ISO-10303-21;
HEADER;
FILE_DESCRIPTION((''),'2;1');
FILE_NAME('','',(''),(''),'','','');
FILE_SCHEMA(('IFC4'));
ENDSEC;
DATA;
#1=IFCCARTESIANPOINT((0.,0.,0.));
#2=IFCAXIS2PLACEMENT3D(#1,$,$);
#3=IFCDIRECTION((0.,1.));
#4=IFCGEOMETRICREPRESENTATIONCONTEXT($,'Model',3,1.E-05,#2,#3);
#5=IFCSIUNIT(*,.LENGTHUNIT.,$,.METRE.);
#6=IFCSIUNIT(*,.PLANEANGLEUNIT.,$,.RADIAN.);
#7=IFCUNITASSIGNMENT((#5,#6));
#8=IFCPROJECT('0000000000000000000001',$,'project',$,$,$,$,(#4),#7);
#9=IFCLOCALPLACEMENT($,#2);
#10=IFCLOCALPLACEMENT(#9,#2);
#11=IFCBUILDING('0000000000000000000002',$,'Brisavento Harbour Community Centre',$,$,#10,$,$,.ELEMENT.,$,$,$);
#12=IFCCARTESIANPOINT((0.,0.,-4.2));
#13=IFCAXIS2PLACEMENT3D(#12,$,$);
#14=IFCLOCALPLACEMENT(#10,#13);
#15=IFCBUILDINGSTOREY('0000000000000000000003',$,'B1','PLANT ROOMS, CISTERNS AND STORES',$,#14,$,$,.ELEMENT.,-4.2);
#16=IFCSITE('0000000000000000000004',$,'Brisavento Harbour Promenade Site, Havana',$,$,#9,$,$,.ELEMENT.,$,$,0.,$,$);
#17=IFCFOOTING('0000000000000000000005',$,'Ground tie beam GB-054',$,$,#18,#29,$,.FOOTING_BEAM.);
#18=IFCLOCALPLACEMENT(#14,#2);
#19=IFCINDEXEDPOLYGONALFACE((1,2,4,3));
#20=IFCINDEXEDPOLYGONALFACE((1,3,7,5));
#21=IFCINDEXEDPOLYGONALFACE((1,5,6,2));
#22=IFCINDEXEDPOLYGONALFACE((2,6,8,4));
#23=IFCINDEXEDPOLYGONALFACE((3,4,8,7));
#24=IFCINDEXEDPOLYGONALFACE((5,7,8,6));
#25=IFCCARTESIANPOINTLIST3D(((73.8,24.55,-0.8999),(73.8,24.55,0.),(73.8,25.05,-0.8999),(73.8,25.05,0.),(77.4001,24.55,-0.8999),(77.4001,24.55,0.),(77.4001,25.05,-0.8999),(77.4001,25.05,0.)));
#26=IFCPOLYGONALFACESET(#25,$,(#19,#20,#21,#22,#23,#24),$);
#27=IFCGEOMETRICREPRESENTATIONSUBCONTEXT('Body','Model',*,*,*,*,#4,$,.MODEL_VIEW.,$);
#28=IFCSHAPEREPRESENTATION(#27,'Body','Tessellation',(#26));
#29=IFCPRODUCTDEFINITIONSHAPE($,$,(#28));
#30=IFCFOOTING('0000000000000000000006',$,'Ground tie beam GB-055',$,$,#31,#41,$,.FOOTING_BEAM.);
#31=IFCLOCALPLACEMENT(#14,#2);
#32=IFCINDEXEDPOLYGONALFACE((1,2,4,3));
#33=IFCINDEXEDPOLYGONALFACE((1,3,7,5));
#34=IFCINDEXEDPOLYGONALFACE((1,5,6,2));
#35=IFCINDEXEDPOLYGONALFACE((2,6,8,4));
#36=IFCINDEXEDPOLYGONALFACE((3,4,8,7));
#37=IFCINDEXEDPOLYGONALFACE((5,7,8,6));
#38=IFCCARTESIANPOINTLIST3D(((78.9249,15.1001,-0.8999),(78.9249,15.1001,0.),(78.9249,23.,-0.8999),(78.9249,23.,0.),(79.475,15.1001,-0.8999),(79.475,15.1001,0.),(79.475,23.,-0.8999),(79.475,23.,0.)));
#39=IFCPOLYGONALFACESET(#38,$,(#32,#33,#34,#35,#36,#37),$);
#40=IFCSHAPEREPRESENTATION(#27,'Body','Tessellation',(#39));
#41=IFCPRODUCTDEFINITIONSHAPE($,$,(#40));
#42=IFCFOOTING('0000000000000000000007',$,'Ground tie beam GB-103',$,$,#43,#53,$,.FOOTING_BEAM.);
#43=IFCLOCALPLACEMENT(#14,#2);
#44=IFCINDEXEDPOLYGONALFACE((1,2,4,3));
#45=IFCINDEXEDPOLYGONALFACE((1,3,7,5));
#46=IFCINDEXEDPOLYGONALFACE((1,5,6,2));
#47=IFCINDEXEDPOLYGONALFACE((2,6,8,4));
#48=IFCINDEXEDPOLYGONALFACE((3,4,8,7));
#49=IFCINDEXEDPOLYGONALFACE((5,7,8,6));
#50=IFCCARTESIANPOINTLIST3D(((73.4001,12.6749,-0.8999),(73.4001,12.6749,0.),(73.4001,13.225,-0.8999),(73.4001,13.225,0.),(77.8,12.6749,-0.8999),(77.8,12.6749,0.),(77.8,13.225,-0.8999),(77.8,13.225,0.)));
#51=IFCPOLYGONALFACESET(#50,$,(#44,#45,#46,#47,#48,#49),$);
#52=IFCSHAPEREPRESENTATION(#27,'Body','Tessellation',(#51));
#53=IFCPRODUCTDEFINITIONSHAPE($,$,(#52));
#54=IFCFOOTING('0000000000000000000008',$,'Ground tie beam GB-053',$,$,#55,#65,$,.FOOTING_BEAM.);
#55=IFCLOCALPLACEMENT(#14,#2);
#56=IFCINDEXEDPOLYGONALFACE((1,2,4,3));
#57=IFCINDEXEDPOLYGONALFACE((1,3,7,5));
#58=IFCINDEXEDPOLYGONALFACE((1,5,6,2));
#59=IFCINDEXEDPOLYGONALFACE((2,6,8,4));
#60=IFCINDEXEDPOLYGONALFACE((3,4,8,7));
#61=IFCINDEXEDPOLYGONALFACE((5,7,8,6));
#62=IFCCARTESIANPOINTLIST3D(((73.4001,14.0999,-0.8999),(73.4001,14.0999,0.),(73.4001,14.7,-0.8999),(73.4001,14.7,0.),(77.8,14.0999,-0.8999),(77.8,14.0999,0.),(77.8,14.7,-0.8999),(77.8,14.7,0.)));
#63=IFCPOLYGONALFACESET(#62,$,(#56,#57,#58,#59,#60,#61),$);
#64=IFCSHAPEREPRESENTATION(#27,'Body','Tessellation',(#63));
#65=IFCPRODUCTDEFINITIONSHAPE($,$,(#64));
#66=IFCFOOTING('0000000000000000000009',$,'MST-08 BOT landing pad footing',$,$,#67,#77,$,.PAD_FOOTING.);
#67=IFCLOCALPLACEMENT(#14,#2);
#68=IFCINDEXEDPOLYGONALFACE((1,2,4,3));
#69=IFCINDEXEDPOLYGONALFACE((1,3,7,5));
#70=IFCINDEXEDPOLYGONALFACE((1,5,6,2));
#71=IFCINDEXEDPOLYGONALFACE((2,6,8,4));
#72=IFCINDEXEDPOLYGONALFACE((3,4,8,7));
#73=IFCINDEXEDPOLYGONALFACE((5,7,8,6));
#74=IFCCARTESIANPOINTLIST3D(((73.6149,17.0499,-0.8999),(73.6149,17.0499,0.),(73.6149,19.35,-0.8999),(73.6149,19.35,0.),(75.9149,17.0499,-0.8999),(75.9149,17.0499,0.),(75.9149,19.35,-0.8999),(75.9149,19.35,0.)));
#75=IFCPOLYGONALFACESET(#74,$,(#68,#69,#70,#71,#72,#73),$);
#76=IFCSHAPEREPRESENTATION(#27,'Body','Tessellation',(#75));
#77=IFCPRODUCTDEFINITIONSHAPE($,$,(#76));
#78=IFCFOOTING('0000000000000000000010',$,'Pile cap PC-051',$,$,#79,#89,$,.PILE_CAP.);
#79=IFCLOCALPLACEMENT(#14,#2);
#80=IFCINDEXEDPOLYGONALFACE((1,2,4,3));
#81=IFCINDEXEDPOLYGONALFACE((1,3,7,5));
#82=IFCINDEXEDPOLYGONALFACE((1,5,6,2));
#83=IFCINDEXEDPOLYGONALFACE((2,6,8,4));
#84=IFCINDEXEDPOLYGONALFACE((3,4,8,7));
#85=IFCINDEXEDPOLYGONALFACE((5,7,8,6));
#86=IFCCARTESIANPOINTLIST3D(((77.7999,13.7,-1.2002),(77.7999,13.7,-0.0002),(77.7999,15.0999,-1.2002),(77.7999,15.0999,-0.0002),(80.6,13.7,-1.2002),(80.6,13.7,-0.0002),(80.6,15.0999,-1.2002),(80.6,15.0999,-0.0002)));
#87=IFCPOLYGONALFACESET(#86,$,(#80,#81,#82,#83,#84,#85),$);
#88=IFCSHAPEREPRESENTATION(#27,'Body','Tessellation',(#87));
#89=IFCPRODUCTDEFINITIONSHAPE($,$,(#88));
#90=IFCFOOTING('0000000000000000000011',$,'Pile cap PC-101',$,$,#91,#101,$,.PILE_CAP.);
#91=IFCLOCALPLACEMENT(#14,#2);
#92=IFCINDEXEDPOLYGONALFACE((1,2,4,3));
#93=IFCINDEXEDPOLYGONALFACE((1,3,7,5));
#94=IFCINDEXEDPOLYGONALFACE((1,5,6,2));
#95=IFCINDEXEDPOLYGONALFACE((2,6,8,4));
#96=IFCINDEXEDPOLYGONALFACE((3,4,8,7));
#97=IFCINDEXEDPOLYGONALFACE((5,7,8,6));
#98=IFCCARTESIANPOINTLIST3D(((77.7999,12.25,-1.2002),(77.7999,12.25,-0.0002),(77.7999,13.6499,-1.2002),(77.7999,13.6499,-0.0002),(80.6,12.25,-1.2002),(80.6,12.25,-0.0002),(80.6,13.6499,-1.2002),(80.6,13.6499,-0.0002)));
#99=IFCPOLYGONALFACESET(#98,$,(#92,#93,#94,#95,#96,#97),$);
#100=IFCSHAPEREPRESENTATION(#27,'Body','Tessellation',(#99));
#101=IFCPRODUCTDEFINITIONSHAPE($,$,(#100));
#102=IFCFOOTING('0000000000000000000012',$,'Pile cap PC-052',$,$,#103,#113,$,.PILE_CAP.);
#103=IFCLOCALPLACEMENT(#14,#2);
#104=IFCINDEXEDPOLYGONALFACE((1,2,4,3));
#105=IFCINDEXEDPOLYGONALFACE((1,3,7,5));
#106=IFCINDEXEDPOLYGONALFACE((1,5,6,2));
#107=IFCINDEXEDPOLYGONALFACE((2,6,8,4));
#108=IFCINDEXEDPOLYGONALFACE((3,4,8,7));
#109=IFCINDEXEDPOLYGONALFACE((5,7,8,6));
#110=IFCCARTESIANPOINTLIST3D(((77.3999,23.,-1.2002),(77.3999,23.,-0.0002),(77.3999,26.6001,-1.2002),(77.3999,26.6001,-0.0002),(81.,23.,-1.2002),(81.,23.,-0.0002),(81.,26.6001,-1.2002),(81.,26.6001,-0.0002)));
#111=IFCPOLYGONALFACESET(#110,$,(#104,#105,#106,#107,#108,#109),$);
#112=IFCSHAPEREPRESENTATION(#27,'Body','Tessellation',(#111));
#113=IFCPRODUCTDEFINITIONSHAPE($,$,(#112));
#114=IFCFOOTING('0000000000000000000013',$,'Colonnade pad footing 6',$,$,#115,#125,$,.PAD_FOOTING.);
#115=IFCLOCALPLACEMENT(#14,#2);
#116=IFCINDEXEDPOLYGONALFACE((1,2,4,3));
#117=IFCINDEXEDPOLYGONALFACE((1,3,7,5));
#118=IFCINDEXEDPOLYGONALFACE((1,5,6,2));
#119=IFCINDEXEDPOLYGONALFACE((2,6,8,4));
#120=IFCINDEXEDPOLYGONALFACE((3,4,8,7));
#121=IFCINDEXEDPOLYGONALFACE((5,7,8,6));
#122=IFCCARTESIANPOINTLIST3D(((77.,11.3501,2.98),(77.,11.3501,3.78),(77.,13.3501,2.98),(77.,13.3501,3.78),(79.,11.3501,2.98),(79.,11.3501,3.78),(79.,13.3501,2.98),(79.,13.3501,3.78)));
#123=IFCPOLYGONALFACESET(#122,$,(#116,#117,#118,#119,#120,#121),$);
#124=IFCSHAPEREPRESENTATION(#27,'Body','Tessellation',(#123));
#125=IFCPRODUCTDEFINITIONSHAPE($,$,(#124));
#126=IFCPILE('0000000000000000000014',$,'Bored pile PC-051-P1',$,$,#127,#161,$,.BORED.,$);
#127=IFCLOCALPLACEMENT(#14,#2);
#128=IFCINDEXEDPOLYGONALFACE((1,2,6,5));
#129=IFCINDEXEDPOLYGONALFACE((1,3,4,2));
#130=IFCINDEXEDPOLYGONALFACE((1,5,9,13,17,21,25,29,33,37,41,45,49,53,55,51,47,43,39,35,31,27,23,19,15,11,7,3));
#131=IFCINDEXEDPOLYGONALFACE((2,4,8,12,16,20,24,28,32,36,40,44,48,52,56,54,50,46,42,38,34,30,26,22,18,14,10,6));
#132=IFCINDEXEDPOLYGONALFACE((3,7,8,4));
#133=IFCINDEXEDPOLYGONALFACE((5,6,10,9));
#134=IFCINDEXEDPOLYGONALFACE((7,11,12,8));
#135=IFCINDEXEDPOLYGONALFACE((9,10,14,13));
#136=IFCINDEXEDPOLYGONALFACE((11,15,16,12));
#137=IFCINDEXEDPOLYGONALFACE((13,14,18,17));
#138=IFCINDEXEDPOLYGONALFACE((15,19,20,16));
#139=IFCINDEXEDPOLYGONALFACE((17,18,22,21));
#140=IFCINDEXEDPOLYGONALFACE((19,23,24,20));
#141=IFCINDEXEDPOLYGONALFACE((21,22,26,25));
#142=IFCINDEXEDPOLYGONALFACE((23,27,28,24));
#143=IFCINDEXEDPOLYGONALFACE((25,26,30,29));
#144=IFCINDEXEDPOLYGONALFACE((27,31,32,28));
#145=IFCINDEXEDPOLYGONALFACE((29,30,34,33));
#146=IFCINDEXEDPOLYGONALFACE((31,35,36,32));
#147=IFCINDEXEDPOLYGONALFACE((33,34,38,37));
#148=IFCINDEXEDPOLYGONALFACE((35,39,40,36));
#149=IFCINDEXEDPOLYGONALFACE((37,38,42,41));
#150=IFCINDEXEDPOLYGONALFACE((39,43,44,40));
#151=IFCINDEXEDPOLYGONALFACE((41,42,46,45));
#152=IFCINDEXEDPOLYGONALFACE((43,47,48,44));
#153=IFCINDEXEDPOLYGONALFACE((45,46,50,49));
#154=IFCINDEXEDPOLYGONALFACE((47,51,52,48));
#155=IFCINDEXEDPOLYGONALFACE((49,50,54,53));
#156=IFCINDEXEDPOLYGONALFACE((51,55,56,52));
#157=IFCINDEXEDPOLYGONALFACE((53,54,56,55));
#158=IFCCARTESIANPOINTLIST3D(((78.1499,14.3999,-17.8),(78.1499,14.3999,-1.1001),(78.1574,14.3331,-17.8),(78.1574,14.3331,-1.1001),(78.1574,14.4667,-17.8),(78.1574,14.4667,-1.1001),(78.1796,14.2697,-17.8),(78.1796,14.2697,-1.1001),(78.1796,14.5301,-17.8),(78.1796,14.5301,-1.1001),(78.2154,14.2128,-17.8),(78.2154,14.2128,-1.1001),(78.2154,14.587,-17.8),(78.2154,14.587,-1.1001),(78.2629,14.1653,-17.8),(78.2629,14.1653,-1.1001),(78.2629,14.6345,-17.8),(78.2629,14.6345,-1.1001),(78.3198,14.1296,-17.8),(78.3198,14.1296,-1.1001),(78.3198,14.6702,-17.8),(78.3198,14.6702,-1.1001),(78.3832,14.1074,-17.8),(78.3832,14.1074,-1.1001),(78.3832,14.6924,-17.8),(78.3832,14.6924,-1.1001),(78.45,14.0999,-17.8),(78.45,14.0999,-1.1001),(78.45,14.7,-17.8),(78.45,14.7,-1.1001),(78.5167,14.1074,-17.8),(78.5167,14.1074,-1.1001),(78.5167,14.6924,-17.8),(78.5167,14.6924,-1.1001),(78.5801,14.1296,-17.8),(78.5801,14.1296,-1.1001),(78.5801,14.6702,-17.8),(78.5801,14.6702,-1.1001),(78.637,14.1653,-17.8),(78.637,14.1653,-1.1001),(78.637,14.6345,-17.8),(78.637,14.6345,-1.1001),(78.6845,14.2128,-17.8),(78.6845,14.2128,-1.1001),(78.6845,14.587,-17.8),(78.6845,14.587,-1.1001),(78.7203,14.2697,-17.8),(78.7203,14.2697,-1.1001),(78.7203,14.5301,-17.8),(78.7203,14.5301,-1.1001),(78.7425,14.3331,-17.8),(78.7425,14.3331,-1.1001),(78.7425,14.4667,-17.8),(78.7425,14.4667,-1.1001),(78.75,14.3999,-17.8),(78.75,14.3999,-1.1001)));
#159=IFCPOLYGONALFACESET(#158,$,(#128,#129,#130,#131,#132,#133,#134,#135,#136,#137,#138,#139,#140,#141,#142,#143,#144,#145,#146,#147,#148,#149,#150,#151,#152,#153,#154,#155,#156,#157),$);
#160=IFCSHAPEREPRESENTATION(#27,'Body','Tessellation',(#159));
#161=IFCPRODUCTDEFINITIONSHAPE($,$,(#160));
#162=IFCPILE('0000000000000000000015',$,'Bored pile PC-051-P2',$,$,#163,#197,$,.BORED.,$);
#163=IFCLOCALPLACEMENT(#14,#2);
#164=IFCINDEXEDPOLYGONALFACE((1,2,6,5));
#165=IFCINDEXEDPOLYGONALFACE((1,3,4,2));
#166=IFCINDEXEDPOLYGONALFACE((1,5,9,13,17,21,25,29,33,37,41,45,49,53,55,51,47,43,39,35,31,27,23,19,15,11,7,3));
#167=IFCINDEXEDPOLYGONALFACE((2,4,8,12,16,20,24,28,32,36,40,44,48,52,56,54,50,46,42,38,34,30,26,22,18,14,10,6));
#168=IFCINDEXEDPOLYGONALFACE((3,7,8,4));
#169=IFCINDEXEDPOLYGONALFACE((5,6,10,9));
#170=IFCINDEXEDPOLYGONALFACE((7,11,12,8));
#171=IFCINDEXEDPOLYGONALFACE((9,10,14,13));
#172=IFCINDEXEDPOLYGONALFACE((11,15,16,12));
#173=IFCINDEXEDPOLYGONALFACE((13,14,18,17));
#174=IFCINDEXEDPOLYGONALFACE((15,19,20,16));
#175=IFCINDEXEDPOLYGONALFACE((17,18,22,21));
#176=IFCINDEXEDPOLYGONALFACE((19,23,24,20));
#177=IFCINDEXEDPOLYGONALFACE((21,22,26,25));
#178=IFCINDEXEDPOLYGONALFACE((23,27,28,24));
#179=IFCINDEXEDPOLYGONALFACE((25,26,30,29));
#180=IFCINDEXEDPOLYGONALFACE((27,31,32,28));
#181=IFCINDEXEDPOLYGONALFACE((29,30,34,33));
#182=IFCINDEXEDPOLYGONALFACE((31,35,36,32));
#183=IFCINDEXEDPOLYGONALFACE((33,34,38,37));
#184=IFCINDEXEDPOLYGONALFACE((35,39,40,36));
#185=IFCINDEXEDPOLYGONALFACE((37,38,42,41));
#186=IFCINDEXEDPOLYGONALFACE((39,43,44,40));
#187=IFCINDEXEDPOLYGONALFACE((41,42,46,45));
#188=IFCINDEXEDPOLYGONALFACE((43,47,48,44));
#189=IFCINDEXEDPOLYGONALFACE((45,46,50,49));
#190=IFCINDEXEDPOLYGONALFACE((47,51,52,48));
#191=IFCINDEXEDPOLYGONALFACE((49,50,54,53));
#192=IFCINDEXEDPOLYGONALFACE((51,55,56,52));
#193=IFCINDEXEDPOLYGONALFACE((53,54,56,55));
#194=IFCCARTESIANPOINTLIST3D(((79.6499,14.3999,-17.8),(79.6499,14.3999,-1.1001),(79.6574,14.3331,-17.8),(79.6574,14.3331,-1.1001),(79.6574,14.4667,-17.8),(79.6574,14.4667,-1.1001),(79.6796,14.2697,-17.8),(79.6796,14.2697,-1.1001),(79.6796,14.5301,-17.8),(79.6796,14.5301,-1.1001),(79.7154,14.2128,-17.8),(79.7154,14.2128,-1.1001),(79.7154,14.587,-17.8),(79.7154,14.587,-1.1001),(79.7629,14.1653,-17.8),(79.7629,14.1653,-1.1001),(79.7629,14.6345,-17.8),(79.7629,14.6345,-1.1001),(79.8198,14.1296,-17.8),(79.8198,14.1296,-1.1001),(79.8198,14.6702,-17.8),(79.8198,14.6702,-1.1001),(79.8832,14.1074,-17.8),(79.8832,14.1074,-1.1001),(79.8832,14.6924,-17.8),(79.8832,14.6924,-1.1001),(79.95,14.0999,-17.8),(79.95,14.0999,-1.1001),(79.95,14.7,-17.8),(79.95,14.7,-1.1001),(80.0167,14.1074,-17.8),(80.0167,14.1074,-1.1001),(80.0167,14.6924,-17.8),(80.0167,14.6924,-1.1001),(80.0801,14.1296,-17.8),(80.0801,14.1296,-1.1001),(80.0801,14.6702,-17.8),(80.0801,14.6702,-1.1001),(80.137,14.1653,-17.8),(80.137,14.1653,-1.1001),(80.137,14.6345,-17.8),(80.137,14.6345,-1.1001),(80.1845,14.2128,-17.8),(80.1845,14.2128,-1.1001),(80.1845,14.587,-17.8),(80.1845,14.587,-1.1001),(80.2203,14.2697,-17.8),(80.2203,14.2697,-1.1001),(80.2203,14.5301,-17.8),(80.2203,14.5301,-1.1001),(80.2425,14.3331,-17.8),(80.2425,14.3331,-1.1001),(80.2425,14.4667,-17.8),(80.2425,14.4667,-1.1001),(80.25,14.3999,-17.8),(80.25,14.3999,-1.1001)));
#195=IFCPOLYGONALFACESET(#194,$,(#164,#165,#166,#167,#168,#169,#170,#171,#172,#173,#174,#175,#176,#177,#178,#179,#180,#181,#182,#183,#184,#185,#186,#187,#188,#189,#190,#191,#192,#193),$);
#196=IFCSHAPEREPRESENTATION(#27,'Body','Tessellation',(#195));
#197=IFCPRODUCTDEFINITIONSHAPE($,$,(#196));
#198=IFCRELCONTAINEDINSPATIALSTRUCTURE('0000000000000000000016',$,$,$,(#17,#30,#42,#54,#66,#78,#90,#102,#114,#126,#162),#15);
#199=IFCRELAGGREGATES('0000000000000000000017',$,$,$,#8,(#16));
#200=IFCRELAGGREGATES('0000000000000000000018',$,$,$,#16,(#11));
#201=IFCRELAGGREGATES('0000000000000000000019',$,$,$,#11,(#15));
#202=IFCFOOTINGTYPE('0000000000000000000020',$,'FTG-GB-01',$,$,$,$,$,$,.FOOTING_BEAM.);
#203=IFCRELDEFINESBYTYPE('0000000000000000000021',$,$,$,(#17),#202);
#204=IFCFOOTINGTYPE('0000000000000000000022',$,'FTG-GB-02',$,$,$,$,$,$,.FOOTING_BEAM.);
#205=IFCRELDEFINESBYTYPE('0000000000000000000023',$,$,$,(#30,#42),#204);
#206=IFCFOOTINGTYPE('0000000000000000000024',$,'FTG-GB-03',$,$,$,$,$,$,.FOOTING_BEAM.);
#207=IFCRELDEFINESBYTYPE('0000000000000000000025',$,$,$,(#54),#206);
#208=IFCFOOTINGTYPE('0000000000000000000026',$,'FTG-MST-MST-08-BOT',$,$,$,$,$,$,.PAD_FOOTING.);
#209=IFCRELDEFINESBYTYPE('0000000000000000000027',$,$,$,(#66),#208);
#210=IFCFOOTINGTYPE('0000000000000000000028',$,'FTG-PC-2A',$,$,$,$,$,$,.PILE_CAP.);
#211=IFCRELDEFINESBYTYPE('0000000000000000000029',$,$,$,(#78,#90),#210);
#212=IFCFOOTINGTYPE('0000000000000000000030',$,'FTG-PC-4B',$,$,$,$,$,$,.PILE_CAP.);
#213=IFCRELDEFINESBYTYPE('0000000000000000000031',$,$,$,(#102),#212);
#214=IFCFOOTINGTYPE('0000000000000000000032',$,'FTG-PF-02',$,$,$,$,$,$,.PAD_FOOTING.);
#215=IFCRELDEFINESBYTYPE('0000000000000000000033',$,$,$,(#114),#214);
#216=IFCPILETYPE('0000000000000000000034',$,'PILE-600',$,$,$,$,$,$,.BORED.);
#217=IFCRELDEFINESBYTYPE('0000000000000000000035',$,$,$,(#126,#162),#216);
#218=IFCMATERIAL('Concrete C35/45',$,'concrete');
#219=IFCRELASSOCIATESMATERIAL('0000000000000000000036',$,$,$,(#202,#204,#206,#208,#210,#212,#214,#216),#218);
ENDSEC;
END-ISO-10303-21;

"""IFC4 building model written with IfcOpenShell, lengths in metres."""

from ifc_helpers import new_model, si_unit, direction, frame, origin, origin_2d, place, context, subcontext, project, spatial, rectangle, circle, extrude, material, material_profile, profile_set, type_object, element, save


model = new_model("IFC4")

# Units and contexts
model_context = context("Model", 3, precision=1e-05, world=origin(), true_north=direction((0.0, 1.0)))
body_context = subcontext(model_context, "Body", "Model", "MODEL_VIEW")
ifc_project = project(units=[si_unit("LENGTHUNIT", "METRE"), si_unit("PLANEANGLEUNIT", "RADIAN")], contexts=[model_context])

# Site, building, storey
site_placement = place(None, origin())
site = spatial("IfcSite", under=ifc_project, at=site_placement, Name="Brisavento Harbour Promenade Site, Havana", CompositionType="ELEMENT", RefElevation=0.0)
building_placement = place(site_placement, origin())
building = spatial("IfcBuilding", under=site, at=building_placement, Name="Brisavento Harbour Community Centre", CompositionType="ELEMENT")
storey_placement = place(building_placement, frame((0.0, 0.0, -4.2)))
storey = spatial("IfcBuildingStorey", under=building, at=storey_placement, Name="B1", Description="PLANT ROOMS, CISTERNS AND STORES", CompositionType="ELEMENT", Elevation=-4.2)

# Footings
ifc_material_1 = material(Name="Concrete C35/45", Category="concrete")
footing_type_1 = type_object("IfcFootingType", Name="FTG-GB-01", PredefinedType="FOOTING_BEAM", material=ifc_material_1)
footing_1_placement = place(storey_placement, frame((75.6001, 24.8, -0.8999), z_axis=(0.0, 0.0, 1.0), x_axis=(1.0, 0.0, 0.0)))
element("IfcFooting", 1, at=footing_1_placement, inside=storey, type_object=footing_type_1, Name="Ground tie beam GB-054", PredefinedType="FOOTING_BEAM", context=body_context, shape_type="SweptSolid", body=[
    extrude(rectangle(XDim=3.6001, YDim=0.5, at=origin_2d()), origin(), (0.0, 0.0, 1.0), 0.8999),
])
footing_type_2 = type_object("IfcFootingType", Name="FTG-GB-02", PredefinedType="FOOTING_BEAM", material=ifc_material_1)
footing_2_placement = place(storey_placement, frame((79.2, 19.05, -0.8999), z_axis=(0.0, 0.0, 1.0), x_axis=(1.0, 0.0, 0.0)))
element("IfcFooting", 2, at=footing_2_placement, inside=storey, type_object=footing_type_2, Name="Ground tie beam GB-055", PredefinedType="FOOTING_BEAM", context=body_context, shape_type="SweptSolid", body=[
    extrude(rectangle(XDim=0.55, YDim=7.8999, at=origin_2d()), origin(), (0.0, 0.0, 1.0), 0.8999),
])
footing_3_placement = place(storey_placement, frame((75.6001, 12.95, -0.8999), z_axis=(0.0, 0.0, 1.0), x_axis=(1.0, 0.0, 0.0)))
element("IfcFooting", 3, at=footing_3_placement, inside=storey, type_object=footing_type_2, Name="Ground tie beam GB-103", PredefinedType="FOOTING_BEAM", context=body_context, shape_type="SweptSolid", body=[
    extrude(rectangle(XDim=4.3999, YDim=0.55, at=origin_2d()), origin(), (0.0, 0.0, 1.0), 0.8999),
])
footing_type_3 = type_object("IfcFootingType", Name="FTG-GB-03", PredefinedType="FOOTING_BEAM", material=ifc_material_1)
footing_4_placement = place(storey_placement, frame((75.6001, 14.3999, -0.8999), z_axis=(0.0, 0.0, 1.0), x_axis=(1.0, 0.0, 0.0)))
element("IfcFooting", 4, at=footing_4_placement, inside=storey, type_object=footing_type_3, Name="Ground tie beam GB-053", PredefinedType="FOOTING_BEAM", context=body_context, shape_type="SweptSolid", body=[
    extrude(rectangle(XDim=4.3999, YDim=0.6001, at=origin_2d()), origin(), (0.0, 0.0, 1.0), 0.8999),
])
footing_type_4 = type_object("IfcFootingType", Name="FTG-MST-MST-08-BOT", PredefinedType="PAD_FOOTING", material=ifc_material_1)
footing_5_placement = place(storey_placement, frame((74.7649, 18.2, -0.8999), z_axis=(0.0, 0.0, 1.0), x_axis=(1.0, 0.0, 0.0)))
element("IfcFooting", 5, at=footing_5_placement, inside=storey, type_object=footing_type_4, Name="MST-08 BOT landing pad footing", PredefinedType="PAD_FOOTING", context=body_context, shape_type="SweptSolid", body=[
    extrude(rectangle(XDim=2.3, YDim=2.3, at=origin_2d()), origin(), (0.0, 0.0, 1.0), 0.8999),
])
footing_type_5 = type_object("IfcFootingType", Name="FTG-PC-2A", PredefinedType="PILE_CAP", material=ifc_material_1)
for number, where, z_axis, x_axis, name in (
    (6, (79.2, 14.3999, -1.2002), (0.0, 0.0, 1.0), (1.0, 0.0, 0.0), "Pile cap PC-051"),
    (7, (79.2, 12.95, -1.2002), (0.0, 0.0, 1.0), (1.0, 0.0, 0.0), "Pile cap PC-101"),
):
    element("IfcFooting", number, at=place(storey_placement, frame(where, z_axis=z_axis, x_axis=x_axis)), inside=storey, type_object=footing_type_5, Name=name, PredefinedType="PILE_CAP", context=body_context, shape_type="SweptSolid", body=[
        extrude(rectangle(XDim=2.8, YDim=1.3999, at=origin_2d()), origin(), (0.0, 0.0, 1.0), 1.2),
    ])
footing_type_6 = type_object("IfcFootingType", Name="FTG-PC-4B", PredefinedType="PILE_CAP", material=ifc_material_1)
footing_6_placement = place(storey_placement, frame((79.2, 24.8, -1.2002), z_axis=(0.0, 0.0, 1.0), x_axis=(1.0, 0.0, 0.0)))
element("IfcFooting", 8, at=footing_6_placement, inside=storey, type_object=footing_type_6, Name="Pile cap PC-052", PredefinedType="PILE_CAP", context=body_context, shape_type="SweptSolid", body=[
    extrude(rectangle(XDim=3.6001, YDim=3.6001, at=origin_2d()), origin(), (0.0, 0.0, 1.0), 1.2),
])
footing_type_7 = type_object("IfcFootingType", Name="FTG-PF-02", PredefinedType="PAD_FOOTING", material=ifc_material_1)
footing_7_placement = place(storey_placement, frame((78.0, 12.3501, 2.98), z_axis=(0.0, 0.0, 1.0), x_axis=(1.0, 0.0, 0.0)))
element("IfcFooting", 9, at=footing_7_placement, inside=storey, type_object=footing_type_7, Name="Colonnade pad footing 6", PredefinedType="PAD_FOOTING", context=body_context, shape_type="SweptSolid", body=[
    extrude(rectangle(XDim=2.0, YDim=2.0, at=origin_2d()), origin(), (0.0, 0.0, 1.0), 0.8),
])

# Piles
ifc_material_profile_1 = material_profile(ifc_material_1, circle(Radius=0.3, at=origin_2d()), Name="Concrete C35/45")
ifc_profile_set_1 = profile_set([ifc_material_profile_1], Name="Concrete C35/45")
pile_type_1 = type_object("IfcPileType", Name="PILE-600", PredefinedType="BORED", material=ifc_profile_set_1)
for number, where, z_axis, x_axis, name in (
    (10, (78.45, 14.3999, -1.1001), (0.0, 0.0, -1.0), (1.0, 0.0, 0.0), "Bored pile PC-051-P1"),
    (11, (79.95, 14.3999, -1.1001), (0.0, 0.0, -1.0), (1.0, 0.0, 0.0), "Bored pile PC-051-P2"),
):
    element("IfcPile", number, at=place(storey_placement, frame(where, z_axis=z_axis, x_axis=x_axis)), inside=storey, type_object=pile_type_1, Name=name, PredefinedType="BORED", context=body_context, shape_type="SweptSolid", body=[
        extrude(circle(Radius=0.3, at=origin_2d()), origin(), (0.0, 0.0, 1.0), 16.7),
    ])

save(model, "model.ifc")
